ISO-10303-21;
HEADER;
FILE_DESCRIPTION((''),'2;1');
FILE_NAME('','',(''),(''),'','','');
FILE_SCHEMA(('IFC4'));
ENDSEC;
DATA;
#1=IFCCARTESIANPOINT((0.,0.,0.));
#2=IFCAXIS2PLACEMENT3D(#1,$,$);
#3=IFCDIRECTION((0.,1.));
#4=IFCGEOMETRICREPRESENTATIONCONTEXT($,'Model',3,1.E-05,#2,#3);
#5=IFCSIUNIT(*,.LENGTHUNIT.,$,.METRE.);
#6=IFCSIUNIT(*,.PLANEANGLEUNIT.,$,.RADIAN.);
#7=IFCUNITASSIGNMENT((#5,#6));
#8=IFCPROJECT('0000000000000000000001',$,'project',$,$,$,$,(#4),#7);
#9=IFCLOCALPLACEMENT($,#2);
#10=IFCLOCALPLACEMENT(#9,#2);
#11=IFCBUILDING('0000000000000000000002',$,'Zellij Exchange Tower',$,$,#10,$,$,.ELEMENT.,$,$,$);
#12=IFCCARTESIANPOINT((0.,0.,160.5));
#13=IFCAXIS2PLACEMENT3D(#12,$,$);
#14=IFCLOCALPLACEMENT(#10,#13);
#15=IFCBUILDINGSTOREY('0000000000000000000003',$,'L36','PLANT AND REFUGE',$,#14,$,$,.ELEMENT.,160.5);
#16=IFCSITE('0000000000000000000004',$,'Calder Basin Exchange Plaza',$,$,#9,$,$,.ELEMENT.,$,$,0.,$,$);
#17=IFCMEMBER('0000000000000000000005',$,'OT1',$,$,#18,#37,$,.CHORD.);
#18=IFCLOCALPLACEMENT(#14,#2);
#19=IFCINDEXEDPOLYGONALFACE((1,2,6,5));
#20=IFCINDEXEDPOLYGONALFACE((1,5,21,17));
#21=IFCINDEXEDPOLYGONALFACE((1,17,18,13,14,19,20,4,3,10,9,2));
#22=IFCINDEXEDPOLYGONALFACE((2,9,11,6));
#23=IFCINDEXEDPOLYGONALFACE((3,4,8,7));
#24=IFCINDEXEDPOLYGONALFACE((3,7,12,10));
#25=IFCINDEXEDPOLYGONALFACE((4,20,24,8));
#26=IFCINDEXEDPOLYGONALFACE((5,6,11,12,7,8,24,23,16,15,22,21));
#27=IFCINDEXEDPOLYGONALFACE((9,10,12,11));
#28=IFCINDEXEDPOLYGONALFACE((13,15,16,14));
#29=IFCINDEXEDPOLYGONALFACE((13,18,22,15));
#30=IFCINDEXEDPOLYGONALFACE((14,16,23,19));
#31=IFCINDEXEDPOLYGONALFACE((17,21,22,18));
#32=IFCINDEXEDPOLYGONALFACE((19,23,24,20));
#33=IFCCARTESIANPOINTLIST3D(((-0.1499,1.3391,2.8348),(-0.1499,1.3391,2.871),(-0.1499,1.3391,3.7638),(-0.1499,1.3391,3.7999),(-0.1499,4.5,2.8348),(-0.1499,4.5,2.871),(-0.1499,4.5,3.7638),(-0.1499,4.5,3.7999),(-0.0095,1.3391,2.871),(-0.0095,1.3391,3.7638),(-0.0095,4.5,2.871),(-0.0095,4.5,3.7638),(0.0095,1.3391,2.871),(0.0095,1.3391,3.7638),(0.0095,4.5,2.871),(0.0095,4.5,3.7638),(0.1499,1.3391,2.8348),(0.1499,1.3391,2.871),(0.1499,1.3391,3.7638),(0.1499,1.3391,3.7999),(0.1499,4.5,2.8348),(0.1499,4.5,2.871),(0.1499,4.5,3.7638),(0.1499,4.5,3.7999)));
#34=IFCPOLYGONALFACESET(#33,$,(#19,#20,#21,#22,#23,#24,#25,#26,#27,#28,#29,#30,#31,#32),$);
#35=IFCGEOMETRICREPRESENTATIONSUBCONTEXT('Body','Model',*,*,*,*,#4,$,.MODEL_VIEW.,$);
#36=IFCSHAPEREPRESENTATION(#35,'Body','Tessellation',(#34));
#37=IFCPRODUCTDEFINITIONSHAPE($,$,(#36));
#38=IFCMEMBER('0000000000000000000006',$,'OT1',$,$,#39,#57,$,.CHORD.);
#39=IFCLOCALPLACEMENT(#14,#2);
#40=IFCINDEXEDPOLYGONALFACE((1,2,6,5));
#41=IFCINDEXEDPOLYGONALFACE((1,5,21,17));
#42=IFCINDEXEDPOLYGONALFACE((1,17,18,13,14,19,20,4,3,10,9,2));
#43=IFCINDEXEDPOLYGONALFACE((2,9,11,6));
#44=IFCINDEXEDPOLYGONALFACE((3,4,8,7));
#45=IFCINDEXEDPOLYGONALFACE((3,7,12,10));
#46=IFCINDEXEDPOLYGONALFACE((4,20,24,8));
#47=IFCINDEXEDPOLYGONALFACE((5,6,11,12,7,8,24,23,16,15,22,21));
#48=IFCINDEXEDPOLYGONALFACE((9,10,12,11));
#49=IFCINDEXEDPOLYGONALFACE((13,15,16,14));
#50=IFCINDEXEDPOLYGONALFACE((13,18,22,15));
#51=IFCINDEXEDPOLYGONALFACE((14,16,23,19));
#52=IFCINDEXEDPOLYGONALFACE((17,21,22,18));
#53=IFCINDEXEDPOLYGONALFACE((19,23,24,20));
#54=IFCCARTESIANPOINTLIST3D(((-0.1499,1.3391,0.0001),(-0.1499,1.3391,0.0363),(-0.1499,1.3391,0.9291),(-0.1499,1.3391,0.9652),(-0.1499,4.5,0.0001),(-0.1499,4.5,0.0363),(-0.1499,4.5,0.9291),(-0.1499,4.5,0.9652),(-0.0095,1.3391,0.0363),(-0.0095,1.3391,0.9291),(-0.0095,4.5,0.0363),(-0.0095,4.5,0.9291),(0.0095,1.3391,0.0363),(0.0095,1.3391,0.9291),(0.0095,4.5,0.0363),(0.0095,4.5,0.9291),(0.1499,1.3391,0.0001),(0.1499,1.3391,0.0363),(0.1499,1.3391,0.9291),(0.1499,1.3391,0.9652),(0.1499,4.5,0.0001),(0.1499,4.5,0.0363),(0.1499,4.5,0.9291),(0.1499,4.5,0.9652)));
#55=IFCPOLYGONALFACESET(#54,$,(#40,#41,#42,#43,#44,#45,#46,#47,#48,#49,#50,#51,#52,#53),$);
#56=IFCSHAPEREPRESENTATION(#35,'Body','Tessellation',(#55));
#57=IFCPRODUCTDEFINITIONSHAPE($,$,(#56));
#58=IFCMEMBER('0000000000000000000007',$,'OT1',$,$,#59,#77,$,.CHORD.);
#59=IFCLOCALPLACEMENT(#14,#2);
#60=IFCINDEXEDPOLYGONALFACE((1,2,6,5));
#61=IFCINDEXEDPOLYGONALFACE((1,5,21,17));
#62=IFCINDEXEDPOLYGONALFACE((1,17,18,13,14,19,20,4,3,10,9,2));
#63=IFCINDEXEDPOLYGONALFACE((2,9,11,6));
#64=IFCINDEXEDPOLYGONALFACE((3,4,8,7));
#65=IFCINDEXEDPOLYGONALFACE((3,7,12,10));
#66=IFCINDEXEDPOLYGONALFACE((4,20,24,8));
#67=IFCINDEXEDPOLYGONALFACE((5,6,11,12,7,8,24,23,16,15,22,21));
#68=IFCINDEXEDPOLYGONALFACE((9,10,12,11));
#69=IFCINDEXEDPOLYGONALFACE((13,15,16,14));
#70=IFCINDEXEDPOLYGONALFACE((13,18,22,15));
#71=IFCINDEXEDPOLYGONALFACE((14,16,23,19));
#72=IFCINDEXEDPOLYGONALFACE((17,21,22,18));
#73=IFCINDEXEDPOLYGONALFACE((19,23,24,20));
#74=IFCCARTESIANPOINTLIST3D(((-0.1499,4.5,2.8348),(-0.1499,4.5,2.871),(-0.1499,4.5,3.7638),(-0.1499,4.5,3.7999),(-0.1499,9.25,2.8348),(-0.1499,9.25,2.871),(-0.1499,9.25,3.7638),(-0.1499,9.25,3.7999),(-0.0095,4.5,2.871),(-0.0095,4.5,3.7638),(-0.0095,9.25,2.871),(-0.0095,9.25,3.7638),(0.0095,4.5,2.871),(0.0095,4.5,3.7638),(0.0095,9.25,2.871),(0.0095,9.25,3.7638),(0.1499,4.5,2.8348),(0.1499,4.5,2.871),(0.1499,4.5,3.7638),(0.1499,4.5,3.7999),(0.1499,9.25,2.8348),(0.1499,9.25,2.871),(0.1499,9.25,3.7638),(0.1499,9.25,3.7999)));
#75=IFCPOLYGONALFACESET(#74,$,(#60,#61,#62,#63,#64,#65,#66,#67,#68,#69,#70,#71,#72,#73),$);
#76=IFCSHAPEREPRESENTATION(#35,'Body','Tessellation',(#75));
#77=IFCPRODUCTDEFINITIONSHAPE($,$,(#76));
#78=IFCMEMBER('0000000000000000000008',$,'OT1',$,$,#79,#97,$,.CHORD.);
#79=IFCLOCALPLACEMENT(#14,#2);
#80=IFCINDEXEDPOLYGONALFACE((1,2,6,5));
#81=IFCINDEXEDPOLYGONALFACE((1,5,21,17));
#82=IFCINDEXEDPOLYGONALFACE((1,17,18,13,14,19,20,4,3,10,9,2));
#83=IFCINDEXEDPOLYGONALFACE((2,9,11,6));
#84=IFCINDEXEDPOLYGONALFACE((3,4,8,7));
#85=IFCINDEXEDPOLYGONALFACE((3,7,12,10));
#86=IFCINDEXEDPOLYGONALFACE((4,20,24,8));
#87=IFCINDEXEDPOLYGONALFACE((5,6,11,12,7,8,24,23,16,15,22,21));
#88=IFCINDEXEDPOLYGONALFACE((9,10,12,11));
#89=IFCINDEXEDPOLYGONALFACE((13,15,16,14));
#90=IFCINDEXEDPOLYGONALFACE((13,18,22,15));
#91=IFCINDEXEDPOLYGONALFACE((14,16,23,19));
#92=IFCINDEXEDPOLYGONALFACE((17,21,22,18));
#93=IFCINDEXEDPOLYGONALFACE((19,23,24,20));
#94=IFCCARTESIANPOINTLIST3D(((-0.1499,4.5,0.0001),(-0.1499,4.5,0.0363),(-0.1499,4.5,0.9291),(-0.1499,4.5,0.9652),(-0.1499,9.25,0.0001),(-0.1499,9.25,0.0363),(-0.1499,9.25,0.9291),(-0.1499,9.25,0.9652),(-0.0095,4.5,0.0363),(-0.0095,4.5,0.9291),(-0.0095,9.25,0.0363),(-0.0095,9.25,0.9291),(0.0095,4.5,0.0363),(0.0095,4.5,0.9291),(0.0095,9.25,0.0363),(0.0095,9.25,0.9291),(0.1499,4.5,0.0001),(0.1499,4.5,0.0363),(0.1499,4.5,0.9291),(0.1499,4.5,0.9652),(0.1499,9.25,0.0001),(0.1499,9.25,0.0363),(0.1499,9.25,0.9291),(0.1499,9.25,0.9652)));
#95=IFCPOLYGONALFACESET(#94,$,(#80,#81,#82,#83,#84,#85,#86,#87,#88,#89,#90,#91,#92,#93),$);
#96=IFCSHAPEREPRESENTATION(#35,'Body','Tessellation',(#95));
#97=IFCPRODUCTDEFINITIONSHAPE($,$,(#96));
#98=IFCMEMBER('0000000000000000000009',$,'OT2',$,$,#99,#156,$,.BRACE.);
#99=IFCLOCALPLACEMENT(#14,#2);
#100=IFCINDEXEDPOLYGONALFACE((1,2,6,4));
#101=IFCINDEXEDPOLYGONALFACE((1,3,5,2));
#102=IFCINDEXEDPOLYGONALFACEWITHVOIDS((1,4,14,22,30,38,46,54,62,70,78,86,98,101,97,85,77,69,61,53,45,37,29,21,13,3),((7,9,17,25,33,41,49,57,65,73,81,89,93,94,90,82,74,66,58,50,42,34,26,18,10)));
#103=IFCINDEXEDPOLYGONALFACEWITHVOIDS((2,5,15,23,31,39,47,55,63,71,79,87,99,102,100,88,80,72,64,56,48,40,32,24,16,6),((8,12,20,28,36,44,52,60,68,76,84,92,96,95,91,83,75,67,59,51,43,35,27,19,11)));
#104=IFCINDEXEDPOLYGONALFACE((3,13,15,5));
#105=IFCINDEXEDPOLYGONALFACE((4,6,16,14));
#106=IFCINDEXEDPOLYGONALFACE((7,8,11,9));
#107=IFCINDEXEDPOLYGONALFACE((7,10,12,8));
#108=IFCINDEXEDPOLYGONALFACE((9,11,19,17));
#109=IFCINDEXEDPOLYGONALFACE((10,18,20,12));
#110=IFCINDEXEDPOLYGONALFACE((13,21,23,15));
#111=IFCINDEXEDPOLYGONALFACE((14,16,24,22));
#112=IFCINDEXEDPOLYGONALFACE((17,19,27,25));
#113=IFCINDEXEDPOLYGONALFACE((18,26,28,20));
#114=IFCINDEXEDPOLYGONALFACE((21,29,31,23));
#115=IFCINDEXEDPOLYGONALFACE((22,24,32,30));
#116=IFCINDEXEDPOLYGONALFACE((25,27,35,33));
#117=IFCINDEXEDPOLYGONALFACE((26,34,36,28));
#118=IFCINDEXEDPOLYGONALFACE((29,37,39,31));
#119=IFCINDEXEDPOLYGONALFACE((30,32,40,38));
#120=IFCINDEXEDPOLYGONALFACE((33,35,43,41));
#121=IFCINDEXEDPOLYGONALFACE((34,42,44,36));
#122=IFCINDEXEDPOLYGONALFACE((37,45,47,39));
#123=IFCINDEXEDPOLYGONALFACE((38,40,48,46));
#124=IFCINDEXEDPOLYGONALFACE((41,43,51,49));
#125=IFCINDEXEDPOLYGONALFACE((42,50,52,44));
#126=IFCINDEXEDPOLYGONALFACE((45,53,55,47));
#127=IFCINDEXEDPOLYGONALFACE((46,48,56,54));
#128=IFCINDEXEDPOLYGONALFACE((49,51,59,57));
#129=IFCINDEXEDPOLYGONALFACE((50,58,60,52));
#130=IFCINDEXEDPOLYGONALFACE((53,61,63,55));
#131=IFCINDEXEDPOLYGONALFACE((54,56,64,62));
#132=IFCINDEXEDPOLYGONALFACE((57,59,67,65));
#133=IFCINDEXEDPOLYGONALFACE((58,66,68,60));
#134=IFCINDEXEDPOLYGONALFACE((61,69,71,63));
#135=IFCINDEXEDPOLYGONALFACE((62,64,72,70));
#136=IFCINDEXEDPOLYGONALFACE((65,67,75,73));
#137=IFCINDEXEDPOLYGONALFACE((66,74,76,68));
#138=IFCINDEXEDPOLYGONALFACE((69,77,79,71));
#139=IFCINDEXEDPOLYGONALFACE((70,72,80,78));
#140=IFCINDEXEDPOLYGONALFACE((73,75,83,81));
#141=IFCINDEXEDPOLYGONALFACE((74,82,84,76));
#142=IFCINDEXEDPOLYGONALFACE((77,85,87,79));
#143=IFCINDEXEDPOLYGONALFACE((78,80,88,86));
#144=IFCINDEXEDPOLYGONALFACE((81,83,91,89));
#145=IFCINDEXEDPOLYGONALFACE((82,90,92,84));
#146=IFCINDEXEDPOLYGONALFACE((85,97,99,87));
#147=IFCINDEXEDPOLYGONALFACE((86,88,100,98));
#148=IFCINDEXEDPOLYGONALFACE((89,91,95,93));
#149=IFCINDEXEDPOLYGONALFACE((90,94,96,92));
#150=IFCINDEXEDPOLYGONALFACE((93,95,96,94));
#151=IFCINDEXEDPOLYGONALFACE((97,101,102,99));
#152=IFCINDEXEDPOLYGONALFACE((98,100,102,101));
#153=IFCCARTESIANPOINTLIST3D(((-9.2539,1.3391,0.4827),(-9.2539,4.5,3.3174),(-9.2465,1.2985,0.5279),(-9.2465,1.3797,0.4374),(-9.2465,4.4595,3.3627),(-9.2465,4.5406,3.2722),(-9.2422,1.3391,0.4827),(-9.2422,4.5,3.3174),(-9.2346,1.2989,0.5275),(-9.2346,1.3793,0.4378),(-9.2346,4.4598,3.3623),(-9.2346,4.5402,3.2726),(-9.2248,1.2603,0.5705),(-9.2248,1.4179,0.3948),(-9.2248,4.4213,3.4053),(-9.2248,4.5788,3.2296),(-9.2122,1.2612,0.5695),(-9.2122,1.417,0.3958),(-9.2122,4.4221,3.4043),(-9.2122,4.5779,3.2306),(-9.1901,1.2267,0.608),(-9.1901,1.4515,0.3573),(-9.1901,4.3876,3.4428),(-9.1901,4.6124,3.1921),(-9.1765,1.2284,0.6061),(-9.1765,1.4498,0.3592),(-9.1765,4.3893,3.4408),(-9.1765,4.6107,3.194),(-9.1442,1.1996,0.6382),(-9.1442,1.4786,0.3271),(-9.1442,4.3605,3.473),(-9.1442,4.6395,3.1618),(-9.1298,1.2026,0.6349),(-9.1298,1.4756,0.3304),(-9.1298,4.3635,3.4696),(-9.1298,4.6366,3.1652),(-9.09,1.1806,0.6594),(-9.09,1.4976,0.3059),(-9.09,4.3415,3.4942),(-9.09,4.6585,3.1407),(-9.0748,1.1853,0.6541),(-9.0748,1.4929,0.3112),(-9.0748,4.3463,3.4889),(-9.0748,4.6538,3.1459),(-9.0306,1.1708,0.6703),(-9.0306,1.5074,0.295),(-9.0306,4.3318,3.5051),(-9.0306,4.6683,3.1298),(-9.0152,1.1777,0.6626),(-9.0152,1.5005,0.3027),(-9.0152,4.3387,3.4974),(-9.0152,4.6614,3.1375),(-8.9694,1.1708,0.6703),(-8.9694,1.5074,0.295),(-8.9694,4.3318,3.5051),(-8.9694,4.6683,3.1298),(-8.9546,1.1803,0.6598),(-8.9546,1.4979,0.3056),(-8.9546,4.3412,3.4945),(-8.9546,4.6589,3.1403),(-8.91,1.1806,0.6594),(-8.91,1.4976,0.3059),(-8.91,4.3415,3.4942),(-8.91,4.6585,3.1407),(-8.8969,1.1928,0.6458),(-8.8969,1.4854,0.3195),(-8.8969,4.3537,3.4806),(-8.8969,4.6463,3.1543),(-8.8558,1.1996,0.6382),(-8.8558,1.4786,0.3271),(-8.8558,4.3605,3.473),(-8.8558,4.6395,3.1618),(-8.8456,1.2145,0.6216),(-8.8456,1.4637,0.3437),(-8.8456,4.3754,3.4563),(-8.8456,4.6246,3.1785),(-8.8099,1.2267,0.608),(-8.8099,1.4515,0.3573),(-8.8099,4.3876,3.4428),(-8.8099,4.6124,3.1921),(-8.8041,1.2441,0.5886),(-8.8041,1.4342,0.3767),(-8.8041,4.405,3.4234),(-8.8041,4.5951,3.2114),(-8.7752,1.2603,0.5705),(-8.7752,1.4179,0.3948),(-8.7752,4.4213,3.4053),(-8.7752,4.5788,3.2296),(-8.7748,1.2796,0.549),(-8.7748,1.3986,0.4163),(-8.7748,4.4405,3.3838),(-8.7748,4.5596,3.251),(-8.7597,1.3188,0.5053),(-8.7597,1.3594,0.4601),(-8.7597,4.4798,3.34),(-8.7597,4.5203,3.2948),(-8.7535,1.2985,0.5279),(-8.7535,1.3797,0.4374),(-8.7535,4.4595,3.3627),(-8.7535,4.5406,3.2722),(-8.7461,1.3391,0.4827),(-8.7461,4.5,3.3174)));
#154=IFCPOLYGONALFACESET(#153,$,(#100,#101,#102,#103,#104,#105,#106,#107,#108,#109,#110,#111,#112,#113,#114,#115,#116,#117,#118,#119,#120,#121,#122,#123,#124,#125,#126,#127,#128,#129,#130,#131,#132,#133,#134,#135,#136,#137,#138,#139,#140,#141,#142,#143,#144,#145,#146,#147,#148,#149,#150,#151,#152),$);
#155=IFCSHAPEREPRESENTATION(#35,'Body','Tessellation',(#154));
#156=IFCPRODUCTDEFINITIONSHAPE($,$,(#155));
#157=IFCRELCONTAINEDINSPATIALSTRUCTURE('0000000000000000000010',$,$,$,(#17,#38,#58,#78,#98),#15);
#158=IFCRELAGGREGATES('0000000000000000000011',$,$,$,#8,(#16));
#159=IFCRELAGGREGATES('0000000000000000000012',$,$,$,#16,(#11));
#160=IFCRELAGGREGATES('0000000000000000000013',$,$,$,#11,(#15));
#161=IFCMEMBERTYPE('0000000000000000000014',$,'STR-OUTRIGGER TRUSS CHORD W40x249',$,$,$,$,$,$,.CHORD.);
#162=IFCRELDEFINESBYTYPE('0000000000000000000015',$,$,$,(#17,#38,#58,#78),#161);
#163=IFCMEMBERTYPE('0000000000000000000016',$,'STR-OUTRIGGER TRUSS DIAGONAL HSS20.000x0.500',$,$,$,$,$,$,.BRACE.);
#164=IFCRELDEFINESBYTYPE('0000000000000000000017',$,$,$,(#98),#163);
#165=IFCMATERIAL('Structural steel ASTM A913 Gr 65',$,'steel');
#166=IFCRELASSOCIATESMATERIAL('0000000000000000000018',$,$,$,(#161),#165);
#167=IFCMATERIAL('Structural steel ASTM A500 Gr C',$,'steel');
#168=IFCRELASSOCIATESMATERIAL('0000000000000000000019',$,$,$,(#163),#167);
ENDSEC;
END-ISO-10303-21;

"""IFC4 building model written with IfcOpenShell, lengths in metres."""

from ifc_helpers import new_model, si_unit, direction, frame, origin, origin_2d, place, context, subcontext, project, spatial, hollow_circle, i_section, extrude, material, material_profile, profile_set, type_object, element, save


model = new_model("IFC4")

# Units and contexts
model_context = context("Model", 3, precision=1e-05, world=origin(), true_north=direction((0.0, 1.0)))
body_context = subcontext(model_context, "Body", "Model", "MODEL_VIEW")
ifc_project = project(units=[si_unit("LENGTHUNIT", "METRE"), si_unit("PLANEANGLEUNIT", "RADIAN")], contexts=[model_context])

# Site, building, storey
site_placement = place(None, origin())
site = spatial("IfcSite", under=ifc_project, at=site_placement, Name="Calder Basin Exchange Plaza", CompositionType="ELEMENT", RefElevation=0.0)
building_placement = place(site_placement, origin())
building = spatial("IfcBuilding", under=site, at=building_placement, Name="Zellij Exchange Tower", CompositionType="ELEMENT")
storey_placement = place(building_placement, frame((0.0, 0.0, 160.5)))
storey = spatial("IfcBuildingStorey", under=building, at=storey_placement, Name="L36", Description="PLANT AND REFUGE", CompositionType="ELEMENT", Elevation=160.5)

# Shared definitions
ifc_material_1 = material(Name="Structural steel ASTM A913 Gr 65", Category="steel")

# Members
ifc_material_profile_1 = material_profile(ifc_material_1, i_section(OverallWidth=0.2998, OverallDepth=0.9651, WebThickness=0.019, FlangeThickness=0.0361, at=origin_2d()), Name="W40x249")
ifc_profile_set_1 = profile_set([ifc_material_profile_1], Name="Structural steel ASTM A913 Gr 65")
member_type_1 = type_object("IfcMemberType", Name="STR-OUTRIGGER TRUSS CHORD W40x249", PredefinedType="CHORD", material=ifc_profile_set_1)
for number, where, z_axis, x_axis, name in (
    (1, (0.0, 1.3391, 3.3174), (0.0, 1.0, 0.0), (-1.0, 0.0, 0.0), "OT1"),
    (2, (0.0, 1.3391, 0.4827), (0.0, 1.0, 0.0), (-1.0, 0.0, 0.0), "OT1"),
):
    element("IfcMember", number, at=place(storey_placement, frame(where, z_axis=z_axis, x_axis=x_axis)), inside=storey, type_object=member_type_1, Name=name, PredefinedType="CHORD", context=body_context, shape_type="SweptSolid", body=[
        extrude(i_section(OverallWidth=0.2998, OverallDepth=0.9651, WebThickness=0.019, FlangeThickness=0.0361, at=origin_2d()), origin(), (0.0, 0.0, 1.0), 3.1609),
    ])
for number, where, z_axis, x_axis, name in (
    (3, (0.0, 4.5, 3.3174), (0.0, 1.0, 0.0), (-1.0, 0.0, 0.0), "OT1"),
    (4, (0.0, 4.5, 0.4827), (0.0, 1.0, 0.0), (-1.0, 0.0, 0.0), "OT1"),
):
    element("IfcMember", number, at=place(storey_placement, frame(where, z_axis=z_axis, x_axis=x_axis)), inside=storey, type_object=member_type_1, Name=name, PredefinedType="CHORD", context=body_context, shape_type="SweptSolid", body=[
        extrude(i_section(OverallWidth=0.2998, OverallDepth=0.9651, WebThickness=0.019, FlangeThickness=0.0361, at=origin_2d()), origin(), (0.0, 0.0, 1.0), 4.75),
    ])
ifc_material_2 = material(Name="Structural steel ASTM A500 Gr C", Category="steel")
ifc_material_profile_2 = material_profile(ifc_material_2, hollow_circle(Radius=0.2539, WallThickness=0.0117, at=origin_2d()), Name="STR-OUTRIGGER TRUSS DIAGONAL HSS20.000x0.500")
ifc_profile_set_2 = profile_set([ifc_material_profile_2], Name="Structural steel ASTM A500 Gr C")
member_type_2 = type_object("IfcMemberType", Name="STR-OUTRIGGER TRUSS DIAGONAL HSS20.000x0.500", PredefinedType="BRACE", material=ifc_profile_set_2)
member_1_placement = place(storey_placement, frame((-9.0, 1.3391, 0.4827), z_axis=(0.0, 0.744474, 0.667652), x_axis=(-1.0, 0.0, 0.0)))
element("IfcMember", 5, at=member_1_placement, inside=storey, type_object=member_type_2, Name="OT2", PredefinedType="BRACE", context=body_context, shape_type="SweptSolid", body=[
    extrude(hollow_circle(Radius=0.2539, WallThickness=0.0117, at=origin_2d()), origin(), (0.0, 0.0, 1.0), 4.2458),
])

save(model, "model.ifc")
